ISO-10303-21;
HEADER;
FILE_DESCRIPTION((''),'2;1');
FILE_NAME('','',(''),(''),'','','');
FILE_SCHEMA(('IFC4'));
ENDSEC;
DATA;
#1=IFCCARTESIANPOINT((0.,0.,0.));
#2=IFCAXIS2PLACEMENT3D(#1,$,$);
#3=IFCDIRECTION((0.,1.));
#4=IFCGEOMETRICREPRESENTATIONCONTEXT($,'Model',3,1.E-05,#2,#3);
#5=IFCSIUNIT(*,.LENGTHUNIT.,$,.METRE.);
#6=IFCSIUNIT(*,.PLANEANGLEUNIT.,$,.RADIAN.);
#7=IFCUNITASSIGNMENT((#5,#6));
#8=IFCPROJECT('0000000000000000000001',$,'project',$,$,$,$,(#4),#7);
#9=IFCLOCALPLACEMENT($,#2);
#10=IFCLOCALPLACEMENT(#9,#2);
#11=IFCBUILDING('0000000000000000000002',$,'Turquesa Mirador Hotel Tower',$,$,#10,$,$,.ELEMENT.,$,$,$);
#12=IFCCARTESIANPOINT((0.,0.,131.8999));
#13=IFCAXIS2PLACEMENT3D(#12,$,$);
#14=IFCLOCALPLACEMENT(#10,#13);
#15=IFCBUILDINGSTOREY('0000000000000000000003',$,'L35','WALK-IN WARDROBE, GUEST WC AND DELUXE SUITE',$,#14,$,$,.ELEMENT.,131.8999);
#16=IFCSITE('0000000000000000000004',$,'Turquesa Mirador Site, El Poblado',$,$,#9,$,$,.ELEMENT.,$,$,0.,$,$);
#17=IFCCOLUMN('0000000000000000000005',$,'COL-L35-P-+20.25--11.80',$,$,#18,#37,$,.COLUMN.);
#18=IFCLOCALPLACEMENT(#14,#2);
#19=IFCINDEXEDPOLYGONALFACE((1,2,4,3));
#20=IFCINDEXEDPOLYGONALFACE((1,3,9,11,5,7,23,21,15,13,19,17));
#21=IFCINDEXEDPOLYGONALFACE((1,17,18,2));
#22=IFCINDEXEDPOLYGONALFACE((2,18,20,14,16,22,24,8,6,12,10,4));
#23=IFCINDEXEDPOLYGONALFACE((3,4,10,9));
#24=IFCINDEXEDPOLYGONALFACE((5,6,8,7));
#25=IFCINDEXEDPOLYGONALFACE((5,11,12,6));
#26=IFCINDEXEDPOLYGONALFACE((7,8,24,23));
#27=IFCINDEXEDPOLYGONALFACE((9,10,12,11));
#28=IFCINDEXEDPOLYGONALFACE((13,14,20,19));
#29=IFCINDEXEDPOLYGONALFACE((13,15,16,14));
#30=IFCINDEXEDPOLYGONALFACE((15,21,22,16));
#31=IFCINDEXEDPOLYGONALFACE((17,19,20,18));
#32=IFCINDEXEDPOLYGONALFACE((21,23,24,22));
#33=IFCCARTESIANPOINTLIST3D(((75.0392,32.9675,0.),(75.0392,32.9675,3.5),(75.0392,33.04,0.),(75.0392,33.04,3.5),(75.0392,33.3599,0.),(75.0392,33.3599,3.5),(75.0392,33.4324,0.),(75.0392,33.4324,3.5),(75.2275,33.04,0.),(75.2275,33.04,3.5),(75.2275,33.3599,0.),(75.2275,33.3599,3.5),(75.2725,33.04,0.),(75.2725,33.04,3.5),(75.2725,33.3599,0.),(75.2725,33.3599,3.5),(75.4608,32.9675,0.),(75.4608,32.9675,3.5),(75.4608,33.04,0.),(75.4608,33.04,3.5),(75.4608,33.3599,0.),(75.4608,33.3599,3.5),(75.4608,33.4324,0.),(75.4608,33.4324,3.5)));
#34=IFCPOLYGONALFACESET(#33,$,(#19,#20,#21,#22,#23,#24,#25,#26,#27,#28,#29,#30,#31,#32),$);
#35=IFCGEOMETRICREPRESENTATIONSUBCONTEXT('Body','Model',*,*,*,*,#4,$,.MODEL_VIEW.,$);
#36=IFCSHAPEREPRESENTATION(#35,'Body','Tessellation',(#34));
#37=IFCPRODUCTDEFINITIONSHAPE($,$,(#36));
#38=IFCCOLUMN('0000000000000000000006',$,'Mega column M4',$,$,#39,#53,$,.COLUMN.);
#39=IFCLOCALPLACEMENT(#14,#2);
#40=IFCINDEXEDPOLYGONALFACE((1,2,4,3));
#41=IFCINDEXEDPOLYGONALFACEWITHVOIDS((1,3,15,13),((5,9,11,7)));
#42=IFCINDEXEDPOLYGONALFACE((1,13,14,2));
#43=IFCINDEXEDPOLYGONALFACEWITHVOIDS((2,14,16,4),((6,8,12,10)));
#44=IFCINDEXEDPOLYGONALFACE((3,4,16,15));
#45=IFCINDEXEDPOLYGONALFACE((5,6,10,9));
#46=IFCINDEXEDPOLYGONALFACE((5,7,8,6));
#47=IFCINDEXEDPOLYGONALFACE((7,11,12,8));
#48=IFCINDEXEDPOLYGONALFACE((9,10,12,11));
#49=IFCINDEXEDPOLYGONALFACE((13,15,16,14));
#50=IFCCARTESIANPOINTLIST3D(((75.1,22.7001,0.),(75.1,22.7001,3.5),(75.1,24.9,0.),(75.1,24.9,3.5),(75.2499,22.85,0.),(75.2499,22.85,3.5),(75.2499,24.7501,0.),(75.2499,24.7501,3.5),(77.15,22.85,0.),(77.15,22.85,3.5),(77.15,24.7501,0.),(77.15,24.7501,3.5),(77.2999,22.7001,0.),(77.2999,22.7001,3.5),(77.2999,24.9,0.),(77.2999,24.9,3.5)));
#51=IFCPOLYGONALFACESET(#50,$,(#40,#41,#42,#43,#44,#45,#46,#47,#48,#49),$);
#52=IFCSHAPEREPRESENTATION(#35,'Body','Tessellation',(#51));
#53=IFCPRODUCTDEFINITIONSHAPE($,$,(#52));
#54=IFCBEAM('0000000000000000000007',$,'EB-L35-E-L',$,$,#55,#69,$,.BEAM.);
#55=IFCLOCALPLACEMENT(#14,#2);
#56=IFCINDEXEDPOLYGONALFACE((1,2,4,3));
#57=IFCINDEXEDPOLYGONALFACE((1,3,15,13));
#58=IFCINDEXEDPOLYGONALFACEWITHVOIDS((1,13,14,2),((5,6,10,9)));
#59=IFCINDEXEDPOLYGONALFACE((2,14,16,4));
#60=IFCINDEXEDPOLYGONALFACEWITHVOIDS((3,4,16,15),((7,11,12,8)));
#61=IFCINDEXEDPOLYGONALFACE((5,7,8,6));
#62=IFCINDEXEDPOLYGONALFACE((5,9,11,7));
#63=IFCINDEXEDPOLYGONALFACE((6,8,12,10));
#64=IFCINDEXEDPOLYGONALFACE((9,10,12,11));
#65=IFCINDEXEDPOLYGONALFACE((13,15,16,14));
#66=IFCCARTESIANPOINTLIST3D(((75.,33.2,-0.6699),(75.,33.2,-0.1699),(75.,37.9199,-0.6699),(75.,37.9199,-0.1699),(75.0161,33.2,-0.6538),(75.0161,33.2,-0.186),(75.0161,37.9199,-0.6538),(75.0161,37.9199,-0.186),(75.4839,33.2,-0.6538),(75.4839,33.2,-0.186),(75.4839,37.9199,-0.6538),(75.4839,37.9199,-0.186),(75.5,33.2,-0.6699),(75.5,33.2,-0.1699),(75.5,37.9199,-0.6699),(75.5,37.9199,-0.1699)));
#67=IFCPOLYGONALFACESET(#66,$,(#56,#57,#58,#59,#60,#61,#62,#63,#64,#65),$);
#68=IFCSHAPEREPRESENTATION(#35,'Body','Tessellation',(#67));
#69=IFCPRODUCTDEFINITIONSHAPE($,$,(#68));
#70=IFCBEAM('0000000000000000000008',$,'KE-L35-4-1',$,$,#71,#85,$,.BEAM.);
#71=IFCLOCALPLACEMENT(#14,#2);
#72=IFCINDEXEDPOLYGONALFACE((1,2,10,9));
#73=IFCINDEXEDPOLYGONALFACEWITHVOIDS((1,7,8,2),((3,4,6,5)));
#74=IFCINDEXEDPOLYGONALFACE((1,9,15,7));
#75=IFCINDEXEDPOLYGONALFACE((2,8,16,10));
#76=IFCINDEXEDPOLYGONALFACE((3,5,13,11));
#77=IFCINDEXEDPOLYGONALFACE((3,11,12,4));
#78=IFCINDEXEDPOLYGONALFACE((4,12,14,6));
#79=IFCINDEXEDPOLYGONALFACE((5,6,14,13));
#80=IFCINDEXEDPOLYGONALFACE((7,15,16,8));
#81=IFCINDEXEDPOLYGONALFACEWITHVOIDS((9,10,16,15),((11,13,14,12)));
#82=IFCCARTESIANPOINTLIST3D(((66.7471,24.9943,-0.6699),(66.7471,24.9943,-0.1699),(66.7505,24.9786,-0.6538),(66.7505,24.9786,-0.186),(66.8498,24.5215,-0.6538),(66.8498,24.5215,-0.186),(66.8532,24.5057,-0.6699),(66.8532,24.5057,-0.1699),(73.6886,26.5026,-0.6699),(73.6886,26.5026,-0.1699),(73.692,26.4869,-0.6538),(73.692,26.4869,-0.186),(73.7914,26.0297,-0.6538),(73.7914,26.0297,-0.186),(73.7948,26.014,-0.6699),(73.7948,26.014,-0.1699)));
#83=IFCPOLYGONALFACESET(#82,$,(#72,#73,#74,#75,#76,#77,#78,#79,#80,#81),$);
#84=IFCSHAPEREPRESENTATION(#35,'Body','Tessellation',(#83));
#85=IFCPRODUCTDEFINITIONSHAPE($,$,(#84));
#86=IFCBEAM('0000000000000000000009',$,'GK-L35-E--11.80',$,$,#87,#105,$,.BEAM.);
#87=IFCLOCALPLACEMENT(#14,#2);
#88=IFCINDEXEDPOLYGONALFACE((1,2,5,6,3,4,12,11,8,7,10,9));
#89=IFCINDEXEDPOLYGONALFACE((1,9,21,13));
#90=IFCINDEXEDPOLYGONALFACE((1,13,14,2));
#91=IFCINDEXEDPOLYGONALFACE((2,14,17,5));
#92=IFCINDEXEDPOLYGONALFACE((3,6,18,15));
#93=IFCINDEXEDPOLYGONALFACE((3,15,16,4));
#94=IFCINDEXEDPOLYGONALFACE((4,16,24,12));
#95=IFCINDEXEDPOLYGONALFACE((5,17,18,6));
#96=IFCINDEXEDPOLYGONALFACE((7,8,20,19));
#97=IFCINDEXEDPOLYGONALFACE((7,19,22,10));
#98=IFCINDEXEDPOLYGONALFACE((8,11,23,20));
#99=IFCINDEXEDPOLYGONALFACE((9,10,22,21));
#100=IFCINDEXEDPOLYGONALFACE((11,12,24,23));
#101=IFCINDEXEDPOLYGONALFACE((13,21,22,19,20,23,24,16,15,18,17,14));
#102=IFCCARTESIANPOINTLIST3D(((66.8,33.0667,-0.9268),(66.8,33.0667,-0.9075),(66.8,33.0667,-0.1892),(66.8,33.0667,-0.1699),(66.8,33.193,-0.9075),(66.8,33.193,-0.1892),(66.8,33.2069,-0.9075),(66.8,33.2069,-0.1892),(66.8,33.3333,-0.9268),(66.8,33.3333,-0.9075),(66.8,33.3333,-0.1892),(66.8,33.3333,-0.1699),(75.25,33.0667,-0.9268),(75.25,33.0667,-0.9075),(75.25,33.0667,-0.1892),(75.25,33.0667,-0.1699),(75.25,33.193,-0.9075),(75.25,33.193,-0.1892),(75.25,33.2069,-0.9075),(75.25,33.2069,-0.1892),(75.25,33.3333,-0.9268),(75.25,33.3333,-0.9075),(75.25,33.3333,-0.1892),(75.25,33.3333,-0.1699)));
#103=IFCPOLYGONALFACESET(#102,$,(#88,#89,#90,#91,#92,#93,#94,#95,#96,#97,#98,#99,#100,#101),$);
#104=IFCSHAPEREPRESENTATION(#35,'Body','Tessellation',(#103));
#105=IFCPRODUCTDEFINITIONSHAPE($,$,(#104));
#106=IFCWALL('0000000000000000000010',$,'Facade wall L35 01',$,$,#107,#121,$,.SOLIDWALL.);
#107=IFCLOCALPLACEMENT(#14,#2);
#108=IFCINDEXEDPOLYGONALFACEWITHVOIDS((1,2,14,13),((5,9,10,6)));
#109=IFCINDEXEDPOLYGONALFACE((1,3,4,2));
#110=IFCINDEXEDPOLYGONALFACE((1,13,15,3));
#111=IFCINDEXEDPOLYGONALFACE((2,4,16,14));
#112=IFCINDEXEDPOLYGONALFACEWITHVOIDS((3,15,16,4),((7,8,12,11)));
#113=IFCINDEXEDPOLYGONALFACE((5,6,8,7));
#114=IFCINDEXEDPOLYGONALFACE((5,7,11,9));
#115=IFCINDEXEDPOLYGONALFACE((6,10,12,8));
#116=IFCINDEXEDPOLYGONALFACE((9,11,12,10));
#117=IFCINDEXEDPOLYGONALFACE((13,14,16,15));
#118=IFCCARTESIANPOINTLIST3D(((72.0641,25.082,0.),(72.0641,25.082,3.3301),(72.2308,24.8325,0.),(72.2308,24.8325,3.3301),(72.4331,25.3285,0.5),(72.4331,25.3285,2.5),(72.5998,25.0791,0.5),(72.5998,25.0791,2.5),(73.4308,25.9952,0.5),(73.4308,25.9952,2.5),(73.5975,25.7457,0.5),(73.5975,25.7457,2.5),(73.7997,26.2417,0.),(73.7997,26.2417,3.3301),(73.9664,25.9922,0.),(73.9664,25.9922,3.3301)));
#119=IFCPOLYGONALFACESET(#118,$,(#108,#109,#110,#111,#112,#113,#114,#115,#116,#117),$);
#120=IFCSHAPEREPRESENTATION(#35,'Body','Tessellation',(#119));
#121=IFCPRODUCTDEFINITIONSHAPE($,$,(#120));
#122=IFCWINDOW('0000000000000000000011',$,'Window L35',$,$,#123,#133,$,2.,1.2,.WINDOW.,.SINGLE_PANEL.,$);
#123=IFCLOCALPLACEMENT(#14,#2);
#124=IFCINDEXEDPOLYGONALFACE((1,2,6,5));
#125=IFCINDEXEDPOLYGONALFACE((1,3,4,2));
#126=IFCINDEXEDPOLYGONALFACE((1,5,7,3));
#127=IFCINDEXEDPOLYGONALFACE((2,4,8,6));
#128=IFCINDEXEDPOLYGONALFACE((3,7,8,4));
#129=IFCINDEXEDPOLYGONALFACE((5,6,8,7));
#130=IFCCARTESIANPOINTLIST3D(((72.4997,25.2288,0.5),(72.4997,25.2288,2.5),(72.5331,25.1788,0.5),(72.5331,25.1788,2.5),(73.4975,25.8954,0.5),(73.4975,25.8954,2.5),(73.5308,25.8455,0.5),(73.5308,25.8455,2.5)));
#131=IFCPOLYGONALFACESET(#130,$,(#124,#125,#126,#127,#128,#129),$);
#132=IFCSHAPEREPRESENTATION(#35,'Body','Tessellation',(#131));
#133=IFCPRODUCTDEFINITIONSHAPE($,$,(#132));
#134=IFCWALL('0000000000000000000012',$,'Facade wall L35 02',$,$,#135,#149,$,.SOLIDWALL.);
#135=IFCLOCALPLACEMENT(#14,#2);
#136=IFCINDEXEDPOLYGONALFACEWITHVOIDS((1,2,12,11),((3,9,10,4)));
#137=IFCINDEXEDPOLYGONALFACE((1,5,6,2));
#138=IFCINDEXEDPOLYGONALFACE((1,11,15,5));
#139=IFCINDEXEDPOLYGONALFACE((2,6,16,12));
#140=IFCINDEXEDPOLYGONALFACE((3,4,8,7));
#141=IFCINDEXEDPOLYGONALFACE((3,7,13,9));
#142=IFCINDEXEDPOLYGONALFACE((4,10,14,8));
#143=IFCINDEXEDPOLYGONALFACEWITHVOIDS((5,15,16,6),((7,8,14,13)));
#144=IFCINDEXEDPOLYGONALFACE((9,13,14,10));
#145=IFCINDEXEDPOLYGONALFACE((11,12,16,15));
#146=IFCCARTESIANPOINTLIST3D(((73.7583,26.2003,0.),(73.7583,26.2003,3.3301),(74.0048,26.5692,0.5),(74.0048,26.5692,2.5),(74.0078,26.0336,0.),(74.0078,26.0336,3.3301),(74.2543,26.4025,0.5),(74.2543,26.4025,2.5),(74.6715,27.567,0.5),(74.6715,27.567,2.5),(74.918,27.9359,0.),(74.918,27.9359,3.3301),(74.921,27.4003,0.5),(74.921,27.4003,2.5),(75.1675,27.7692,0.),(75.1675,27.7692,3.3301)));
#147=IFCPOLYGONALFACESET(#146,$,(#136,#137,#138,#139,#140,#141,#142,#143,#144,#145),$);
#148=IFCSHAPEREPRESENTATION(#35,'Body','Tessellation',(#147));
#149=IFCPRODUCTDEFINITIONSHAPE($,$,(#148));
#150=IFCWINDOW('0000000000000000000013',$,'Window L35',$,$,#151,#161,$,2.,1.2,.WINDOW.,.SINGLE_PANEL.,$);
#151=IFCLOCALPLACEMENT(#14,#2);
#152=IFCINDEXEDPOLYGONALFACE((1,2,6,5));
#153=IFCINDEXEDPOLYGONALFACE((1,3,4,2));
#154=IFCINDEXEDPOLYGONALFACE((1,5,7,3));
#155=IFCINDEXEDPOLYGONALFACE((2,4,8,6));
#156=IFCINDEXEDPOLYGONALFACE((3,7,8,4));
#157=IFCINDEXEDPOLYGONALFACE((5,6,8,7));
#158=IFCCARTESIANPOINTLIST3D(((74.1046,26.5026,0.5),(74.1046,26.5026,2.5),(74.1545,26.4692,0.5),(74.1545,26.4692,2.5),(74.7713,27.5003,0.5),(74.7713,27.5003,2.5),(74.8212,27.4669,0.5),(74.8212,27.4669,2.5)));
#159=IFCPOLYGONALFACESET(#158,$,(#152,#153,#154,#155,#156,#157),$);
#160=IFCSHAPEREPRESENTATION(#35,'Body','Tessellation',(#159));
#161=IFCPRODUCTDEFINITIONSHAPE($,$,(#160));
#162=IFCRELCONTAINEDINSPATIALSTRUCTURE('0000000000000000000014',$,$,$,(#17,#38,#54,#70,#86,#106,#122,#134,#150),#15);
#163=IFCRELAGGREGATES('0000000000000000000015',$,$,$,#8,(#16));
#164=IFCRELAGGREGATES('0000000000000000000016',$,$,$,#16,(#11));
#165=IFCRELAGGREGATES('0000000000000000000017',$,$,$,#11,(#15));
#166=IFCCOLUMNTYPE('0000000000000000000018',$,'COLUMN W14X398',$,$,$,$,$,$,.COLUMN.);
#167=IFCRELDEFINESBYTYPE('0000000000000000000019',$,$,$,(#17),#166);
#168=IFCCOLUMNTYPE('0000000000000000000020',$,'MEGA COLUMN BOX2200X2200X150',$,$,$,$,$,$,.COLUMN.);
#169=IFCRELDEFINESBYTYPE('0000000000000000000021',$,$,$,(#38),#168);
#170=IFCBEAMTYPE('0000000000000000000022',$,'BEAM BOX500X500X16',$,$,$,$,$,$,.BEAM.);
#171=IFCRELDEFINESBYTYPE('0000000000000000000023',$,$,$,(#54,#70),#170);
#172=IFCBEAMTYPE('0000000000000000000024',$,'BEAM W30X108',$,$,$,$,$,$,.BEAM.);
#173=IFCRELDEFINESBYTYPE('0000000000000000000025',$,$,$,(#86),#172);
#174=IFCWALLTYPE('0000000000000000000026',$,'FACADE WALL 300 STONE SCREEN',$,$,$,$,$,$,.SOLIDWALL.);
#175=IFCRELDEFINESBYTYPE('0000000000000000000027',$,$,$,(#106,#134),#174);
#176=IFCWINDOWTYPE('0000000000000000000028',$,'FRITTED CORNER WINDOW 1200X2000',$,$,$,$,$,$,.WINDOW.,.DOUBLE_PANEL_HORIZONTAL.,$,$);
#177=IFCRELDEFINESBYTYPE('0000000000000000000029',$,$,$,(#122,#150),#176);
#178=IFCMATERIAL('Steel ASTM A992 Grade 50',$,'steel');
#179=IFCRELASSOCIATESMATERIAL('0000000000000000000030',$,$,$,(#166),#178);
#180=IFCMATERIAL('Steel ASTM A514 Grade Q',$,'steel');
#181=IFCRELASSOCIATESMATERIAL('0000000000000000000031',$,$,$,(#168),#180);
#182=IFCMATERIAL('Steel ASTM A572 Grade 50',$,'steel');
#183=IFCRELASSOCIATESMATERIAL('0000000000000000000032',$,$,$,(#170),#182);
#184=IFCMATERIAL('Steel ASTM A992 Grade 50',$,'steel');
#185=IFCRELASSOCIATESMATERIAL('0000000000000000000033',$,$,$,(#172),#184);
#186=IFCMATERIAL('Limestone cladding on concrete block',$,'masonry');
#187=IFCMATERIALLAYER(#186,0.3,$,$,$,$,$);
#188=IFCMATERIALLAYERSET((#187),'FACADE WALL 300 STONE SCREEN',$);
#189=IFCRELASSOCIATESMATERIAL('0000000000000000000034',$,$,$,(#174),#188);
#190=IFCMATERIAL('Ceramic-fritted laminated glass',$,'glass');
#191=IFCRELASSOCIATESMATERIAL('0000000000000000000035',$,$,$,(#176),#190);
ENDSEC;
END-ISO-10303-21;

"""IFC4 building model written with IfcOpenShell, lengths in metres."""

from ifc_helpers import new_model, si_unit, direction, frame, frame_2d, origin, origin_2d, place, context, subcontext, project, spatial, rectangle, hollow_rectangle, i_section, extrude, material, layer, layer_set, material_profile, profile_set, type_object, element, fill, save


model = new_model("IFC4")

# Units and contexts
model_context = context("Model", 3, precision=1e-05, world=origin(), true_north=direction((0.0, 1.0)))
body_context = subcontext(model_context, "Body", "Model", "MODEL_VIEW")
ifc_project = project(units=[si_unit("LENGTHUNIT", "METRE"), si_unit("PLANEANGLEUNIT", "RADIAN")], contexts=[model_context])

# Site, building, storey
site_placement = place(None, origin())
site = spatial("IfcSite", under=ifc_project, at=site_placement, Name="Turquesa Mirador Site, El Poblado", CompositionType="ELEMENT", RefElevation=0.0)
building_placement = place(site_placement, origin())
building = spatial("IfcBuilding", under=site, at=building_placement, Name="Turquesa Mirador Hotel Tower", CompositionType="ELEMENT")
storey_placement = place(building_placement, frame((0.0, 0.0, 131.8999)))
storey = spatial("IfcBuildingStorey", under=building, at=storey_placement, Name="L35", Description="WALK-IN WARDROBE, GUEST WC AND DELUXE SUITE", CompositionType="ELEMENT", Elevation=131.8999)

# Columns
ifc_material_1 = material(Name="Steel ASTM A992 Grade 50", Category="steel")
ifc_material_profile_1 = material_profile(ifc_material_1, i_section(OverallWidth=0.4216, OverallDepth=0.4648, WebThickness=0.0449, FlangeThickness=0.0725, at=origin_2d()), Name="W14X398")
ifc_profile_set_1 = profile_set([ifc_material_profile_1], Name="Steel ASTM A992 Grade 50")
column_type_1 = type_object("IfcColumnType", Name="COLUMN W14X398", PredefinedType="COLUMN", material=ifc_profile_set_1)
column_1_placement = place(storey_placement, frame((75.25, 33.2, 0.0), z_axis=(0.0, 0.0, 1.0), x_axis=(1.0, 0.0, 0.0)))
element("IfcColumn", 1, at=column_1_placement, inside=storey, type_object=column_type_1, Name="COL-L35-P-+20.25--11.80", PredefinedType="COLUMN", context=body_context, shape_type="SweptSolid", body=[
    extrude(i_section(OverallWidth=0.4216, OverallDepth=0.4648, WebThickness=0.0449, FlangeThickness=0.0725, at=origin_2d()), origin(), (0.0, 0.0, 1.0), 3.5),
])
ifc_material_2 = material(Name="Steel ASTM A514 Grade Q", Category="steel")
ifc_material_profile_2 = material_profile(ifc_material_2, hollow_rectangle(XDim=2.2, YDim=2.2, WallThickness=0.1499, at=origin_2d()), Name="BOX2200X2200X150")
ifc_profile_set_2 = profile_set([ifc_material_profile_2], Name="Steel ASTM A514 Grade Q")
column_type_2 = type_object("IfcColumnType", Name="MEGA COLUMN BOX2200X2200X150", PredefinedType="COLUMN", material=ifc_profile_set_2)
column_2_placement = place(storey_placement, frame((76.2, 23.8, 0.0), z_axis=(0.0, 0.0, 1.0), x_axis=(1.0, 0.0, 0.0)))
element("IfcColumn", 2, at=column_2_placement, inside=storey, type_object=column_type_2, Name="Mega column M4", PredefinedType="COLUMN", context=body_context, shape_type="SweptSolid", body=[
    extrude(hollow_rectangle(XDim=2.2, YDim=2.2, WallThickness=0.1499, at=origin_2d()), origin(), (0.0, 0.0, 1.0), 3.5),
])

# Beams
ifc_material_3 = material(Name="Steel ASTM A572 Grade 50", Category="steel")
ifc_material_profile_3 = material_profile(ifc_material_3, hollow_rectangle(XDim=0.5, YDim=0.5, WallThickness=0.0161, at=origin_2d()), Name="BOX500X500X16")
ifc_profile_set_3 = profile_set([ifc_material_profile_3], Name="Steel ASTM A572 Grade 50")
beam_type_1 = type_object("IfcBeamType", Name="BEAM BOX500X500X16", PredefinedType="BEAM", material=ifc_profile_set_3)
beam_1_placement = place(storey_placement, frame((75.25, 33.2, -0.4199), z_axis=(0.0, 1.0, 0.0), x_axis=(-1.0, 0.0, 0.0)))
element("IfcBeam", 3, at=beam_1_placement, inside=storey, type_object=beam_type_1, Name="EB-L35-E-L", PredefinedType="BEAM", context=body_context, shape_type="SweptSolid", body=[
    extrude(hollow_rectangle(XDim=0.5, YDim=0.5, WallThickness=0.0161, at=origin_2d()), origin(), (0.0, 0.0, 1.0), 4.72),
])
beam_2_placement = place(storey_placement, frame((73.7417, 26.2583, -0.4199), z_axis=(-0.977198, -0.212328, 0.0), x_axis=(0.212328, -0.977198, 0.0)))
element("IfcBeam", 4, at=beam_2_placement, inside=storey, type_object=beam_type_1, Name="KE-L35-4-1", PredefinedType="BEAM", context=body_context, shape_type="SweptSolid", body=[
    extrude(hollow_rectangle(XDim=0.5, YDim=0.5, WallThickness=0.0161, at=origin_2d()), origin(), (0.0, 0.0, 1.0), 7.1035),
])
ifc_material_4 = material(Name="Steel ASTM A992 Grade 50", Category="steel")
ifc_material_profile_4 = material_profile(ifc_material_4, i_section(OverallWidth=0.2666, OverallDepth=0.7568, WebThickness=0.0139, FlangeThickness=0.0193, at=origin_2d()), Name="W30X108")
ifc_profile_set_4 = profile_set([ifc_material_profile_4], Name="Steel ASTM A992 Grade 50")
beam_type_2 = type_object("IfcBeamType", Name="BEAM W30X108", PredefinedType="BEAM", material=ifc_profile_set_4)
beam_3_placement = place(storey_placement, frame((75.25, 33.2, -0.5483), z_axis=(-1.0, 0.0, 0.0), x_axis=(0.0, -1.0, 0.0)))
element("IfcBeam", 5, at=beam_3_placement, inside=storey, type_object=beam_type_2, Name="GK-L35-E--11.80", PredefinedType="BEAM", context=body_context, shape_type="SweptSolid", body=[
    extrude(i_section(OverallWidth=0.2666, OverallDepth=0.7568, WebThickness=0.0139, FlangeThickness=0.0193, at=origin_2d()), origin(), (0.0, 0.0, 1.0), 8.45),
])

# Walls, openings, windows
ifc_material_5 = material(Name="Limestone cladding on concrete block", Category="masonry")
ifc_layer = layer(ifc_material_5, 0.3)
ifc_layer_set = layer_set([ifc_layer], Name="FACADE WALL 300 STONE SCREEN")
wall_type = type_object("IfcWallType", Name="FACADE WALL 300 STONE SCREEN", PredefinedType="SOLIDWALL", material=ifc_layer_set)
wall_1_placement = place(storey_placement, frame((72.1475, 24.9573, 0.0), z_axis=(0.0, 0.0, 1.0), x_axis=(0.831474, 0.555564, 0.0)))
wall_1 = element("IfcWall", 6, at=wall_1_placement, inside=storey, type_object=wall_type, Name="Facade wall L35 01", PredefinedType="SOLIDWALL", context=body_context, shape_type="SweptSolid", body=[
    extrude(rectangle(XDim=2.0874, YDim=0.3, at=frame_2d((1.0437, 0.0))), origin(), (0.0, 0.0, 1.0), 3.3301),
])
opening_1_placement = place(wall_1_placement, frame((0.4436, 0.0, 0.5)))
opening_1 = element("IfcOpeningElement", 7, at=opening_1_placement, cuts=wall_1, PredefinedType="OPENING", context=body_context, shape_type="SweptSolid", body=[
    extrude(rectangle(XDim=1.2, YDim=2.0, at=frame_2d((0.6001, 1.0))), frame((0.0, 0.1599, 0.0), z_axis=(0.0, -1.0, 0.0), x_axis=(1.0, 0.0, 0.0)), (0.0, 0.0, 1.0), 0.3201),
])
ifc_material_6 = material(Name="Ceramic-fritted laminated glass", Category="glass")
window_type_1 = type_object("IfcWindowType", Name="FRITTED CORNER WINDOW 1200X2000", PartitioningType="DOUBLE_PANEL_HORIZONTAL", PredefinedType="WINDOW", material=ifc_material_6)
window_1_placement = place(opening_1_placement, origin())
window_1 = element("IfcWindow", 8, at=window_1_placement, inside=storey, type_object=window_type_1, Name="Window L35", OverallHeight=2.0, OverallWidth=1.2, PartitioningType="SINGLE_PANEL", PredefinedType="WINDOW", context=body_context, shape_type="SweptSolid", body=[
    extrude(rectangle(XDim=1.2, YDim=2.0, at=frame_2d((0.6001, 1.0))), frame((0.0, 0.03, 0.0), z_axis=(0.0, -1.0, 0.0), x_axis=(1.0, 0.0, 0.0)), (0.0, 0.0, 1.0), 0.0601),
])
fill(opening_1, window_1)
wall_2_placement = place(storey_placement, frame((73.8831, 26.1169, 0.0), z_axis=(0.0, 0.0, 1.0), x_axis=(0.555564, 0.831474, 0.0)))
wall_2 = element("IfcWall", 9, at=wall_2_placement, inside=storey, type_object=wall_type, Name="Facade wall L35 02", PredefinedType="SOLIDWALL", context=body_context, shape_type="SweptSolid", body=[
    extrude(rectangle(XDim=2.0874, YDim=0.3, at=frame_2d((1.0437, 0.0))), origin(), (0.0, 0.0, 1.0), 3.3301),
])
opening_2_placement = place(wall_2_placement, frame((0.4436, 0.0, 0.5)))
opening_2 = element("IfcOpeningElement", 10, at=opening_2_placement, cuts=wall_2, PredefinedType="OPENING", context=body_context, shape_type="SweptSolid", body=[
    extrude(rectangle(XDim=1.2, YDim=2.0, at=frame_2d((0.6001, 1.0))), frame((0.0, 0.1599, 0.0), z_axis=(0.0, -1.0, 0.0), x_axis=(1.0, 0.0, 0.0)), (0.0, 0.0, 1.0), 0.3201),
])
window_2_placement = place(opening_2_placement, origin())
window_2 = element("IfcWindow", 11, at=window_2_placement, inside=storey, type_object=window_type_1, Name="Window L35", OverallHeight=2.0, OverallWidth=1.2, PartitioningType="SINGLE_PANEL", PredefinedType="WINDOW", context=body_context, shape_type="SweptSolid", body=[
    extrude(rectangle(XDim=1.2, YDim=2.0, at=frame_2d((0.6001, 1.0))), frame((0.0, 0.03, 0.0), z_axis=(0.0, -1.0, 0.0), x_axis=(1.0, 0.0, 0.0)), (0.0, 0.0, 1.0), 0.0601),
])
fill(opening_2, window_2)

save(model, "model.ifc")
